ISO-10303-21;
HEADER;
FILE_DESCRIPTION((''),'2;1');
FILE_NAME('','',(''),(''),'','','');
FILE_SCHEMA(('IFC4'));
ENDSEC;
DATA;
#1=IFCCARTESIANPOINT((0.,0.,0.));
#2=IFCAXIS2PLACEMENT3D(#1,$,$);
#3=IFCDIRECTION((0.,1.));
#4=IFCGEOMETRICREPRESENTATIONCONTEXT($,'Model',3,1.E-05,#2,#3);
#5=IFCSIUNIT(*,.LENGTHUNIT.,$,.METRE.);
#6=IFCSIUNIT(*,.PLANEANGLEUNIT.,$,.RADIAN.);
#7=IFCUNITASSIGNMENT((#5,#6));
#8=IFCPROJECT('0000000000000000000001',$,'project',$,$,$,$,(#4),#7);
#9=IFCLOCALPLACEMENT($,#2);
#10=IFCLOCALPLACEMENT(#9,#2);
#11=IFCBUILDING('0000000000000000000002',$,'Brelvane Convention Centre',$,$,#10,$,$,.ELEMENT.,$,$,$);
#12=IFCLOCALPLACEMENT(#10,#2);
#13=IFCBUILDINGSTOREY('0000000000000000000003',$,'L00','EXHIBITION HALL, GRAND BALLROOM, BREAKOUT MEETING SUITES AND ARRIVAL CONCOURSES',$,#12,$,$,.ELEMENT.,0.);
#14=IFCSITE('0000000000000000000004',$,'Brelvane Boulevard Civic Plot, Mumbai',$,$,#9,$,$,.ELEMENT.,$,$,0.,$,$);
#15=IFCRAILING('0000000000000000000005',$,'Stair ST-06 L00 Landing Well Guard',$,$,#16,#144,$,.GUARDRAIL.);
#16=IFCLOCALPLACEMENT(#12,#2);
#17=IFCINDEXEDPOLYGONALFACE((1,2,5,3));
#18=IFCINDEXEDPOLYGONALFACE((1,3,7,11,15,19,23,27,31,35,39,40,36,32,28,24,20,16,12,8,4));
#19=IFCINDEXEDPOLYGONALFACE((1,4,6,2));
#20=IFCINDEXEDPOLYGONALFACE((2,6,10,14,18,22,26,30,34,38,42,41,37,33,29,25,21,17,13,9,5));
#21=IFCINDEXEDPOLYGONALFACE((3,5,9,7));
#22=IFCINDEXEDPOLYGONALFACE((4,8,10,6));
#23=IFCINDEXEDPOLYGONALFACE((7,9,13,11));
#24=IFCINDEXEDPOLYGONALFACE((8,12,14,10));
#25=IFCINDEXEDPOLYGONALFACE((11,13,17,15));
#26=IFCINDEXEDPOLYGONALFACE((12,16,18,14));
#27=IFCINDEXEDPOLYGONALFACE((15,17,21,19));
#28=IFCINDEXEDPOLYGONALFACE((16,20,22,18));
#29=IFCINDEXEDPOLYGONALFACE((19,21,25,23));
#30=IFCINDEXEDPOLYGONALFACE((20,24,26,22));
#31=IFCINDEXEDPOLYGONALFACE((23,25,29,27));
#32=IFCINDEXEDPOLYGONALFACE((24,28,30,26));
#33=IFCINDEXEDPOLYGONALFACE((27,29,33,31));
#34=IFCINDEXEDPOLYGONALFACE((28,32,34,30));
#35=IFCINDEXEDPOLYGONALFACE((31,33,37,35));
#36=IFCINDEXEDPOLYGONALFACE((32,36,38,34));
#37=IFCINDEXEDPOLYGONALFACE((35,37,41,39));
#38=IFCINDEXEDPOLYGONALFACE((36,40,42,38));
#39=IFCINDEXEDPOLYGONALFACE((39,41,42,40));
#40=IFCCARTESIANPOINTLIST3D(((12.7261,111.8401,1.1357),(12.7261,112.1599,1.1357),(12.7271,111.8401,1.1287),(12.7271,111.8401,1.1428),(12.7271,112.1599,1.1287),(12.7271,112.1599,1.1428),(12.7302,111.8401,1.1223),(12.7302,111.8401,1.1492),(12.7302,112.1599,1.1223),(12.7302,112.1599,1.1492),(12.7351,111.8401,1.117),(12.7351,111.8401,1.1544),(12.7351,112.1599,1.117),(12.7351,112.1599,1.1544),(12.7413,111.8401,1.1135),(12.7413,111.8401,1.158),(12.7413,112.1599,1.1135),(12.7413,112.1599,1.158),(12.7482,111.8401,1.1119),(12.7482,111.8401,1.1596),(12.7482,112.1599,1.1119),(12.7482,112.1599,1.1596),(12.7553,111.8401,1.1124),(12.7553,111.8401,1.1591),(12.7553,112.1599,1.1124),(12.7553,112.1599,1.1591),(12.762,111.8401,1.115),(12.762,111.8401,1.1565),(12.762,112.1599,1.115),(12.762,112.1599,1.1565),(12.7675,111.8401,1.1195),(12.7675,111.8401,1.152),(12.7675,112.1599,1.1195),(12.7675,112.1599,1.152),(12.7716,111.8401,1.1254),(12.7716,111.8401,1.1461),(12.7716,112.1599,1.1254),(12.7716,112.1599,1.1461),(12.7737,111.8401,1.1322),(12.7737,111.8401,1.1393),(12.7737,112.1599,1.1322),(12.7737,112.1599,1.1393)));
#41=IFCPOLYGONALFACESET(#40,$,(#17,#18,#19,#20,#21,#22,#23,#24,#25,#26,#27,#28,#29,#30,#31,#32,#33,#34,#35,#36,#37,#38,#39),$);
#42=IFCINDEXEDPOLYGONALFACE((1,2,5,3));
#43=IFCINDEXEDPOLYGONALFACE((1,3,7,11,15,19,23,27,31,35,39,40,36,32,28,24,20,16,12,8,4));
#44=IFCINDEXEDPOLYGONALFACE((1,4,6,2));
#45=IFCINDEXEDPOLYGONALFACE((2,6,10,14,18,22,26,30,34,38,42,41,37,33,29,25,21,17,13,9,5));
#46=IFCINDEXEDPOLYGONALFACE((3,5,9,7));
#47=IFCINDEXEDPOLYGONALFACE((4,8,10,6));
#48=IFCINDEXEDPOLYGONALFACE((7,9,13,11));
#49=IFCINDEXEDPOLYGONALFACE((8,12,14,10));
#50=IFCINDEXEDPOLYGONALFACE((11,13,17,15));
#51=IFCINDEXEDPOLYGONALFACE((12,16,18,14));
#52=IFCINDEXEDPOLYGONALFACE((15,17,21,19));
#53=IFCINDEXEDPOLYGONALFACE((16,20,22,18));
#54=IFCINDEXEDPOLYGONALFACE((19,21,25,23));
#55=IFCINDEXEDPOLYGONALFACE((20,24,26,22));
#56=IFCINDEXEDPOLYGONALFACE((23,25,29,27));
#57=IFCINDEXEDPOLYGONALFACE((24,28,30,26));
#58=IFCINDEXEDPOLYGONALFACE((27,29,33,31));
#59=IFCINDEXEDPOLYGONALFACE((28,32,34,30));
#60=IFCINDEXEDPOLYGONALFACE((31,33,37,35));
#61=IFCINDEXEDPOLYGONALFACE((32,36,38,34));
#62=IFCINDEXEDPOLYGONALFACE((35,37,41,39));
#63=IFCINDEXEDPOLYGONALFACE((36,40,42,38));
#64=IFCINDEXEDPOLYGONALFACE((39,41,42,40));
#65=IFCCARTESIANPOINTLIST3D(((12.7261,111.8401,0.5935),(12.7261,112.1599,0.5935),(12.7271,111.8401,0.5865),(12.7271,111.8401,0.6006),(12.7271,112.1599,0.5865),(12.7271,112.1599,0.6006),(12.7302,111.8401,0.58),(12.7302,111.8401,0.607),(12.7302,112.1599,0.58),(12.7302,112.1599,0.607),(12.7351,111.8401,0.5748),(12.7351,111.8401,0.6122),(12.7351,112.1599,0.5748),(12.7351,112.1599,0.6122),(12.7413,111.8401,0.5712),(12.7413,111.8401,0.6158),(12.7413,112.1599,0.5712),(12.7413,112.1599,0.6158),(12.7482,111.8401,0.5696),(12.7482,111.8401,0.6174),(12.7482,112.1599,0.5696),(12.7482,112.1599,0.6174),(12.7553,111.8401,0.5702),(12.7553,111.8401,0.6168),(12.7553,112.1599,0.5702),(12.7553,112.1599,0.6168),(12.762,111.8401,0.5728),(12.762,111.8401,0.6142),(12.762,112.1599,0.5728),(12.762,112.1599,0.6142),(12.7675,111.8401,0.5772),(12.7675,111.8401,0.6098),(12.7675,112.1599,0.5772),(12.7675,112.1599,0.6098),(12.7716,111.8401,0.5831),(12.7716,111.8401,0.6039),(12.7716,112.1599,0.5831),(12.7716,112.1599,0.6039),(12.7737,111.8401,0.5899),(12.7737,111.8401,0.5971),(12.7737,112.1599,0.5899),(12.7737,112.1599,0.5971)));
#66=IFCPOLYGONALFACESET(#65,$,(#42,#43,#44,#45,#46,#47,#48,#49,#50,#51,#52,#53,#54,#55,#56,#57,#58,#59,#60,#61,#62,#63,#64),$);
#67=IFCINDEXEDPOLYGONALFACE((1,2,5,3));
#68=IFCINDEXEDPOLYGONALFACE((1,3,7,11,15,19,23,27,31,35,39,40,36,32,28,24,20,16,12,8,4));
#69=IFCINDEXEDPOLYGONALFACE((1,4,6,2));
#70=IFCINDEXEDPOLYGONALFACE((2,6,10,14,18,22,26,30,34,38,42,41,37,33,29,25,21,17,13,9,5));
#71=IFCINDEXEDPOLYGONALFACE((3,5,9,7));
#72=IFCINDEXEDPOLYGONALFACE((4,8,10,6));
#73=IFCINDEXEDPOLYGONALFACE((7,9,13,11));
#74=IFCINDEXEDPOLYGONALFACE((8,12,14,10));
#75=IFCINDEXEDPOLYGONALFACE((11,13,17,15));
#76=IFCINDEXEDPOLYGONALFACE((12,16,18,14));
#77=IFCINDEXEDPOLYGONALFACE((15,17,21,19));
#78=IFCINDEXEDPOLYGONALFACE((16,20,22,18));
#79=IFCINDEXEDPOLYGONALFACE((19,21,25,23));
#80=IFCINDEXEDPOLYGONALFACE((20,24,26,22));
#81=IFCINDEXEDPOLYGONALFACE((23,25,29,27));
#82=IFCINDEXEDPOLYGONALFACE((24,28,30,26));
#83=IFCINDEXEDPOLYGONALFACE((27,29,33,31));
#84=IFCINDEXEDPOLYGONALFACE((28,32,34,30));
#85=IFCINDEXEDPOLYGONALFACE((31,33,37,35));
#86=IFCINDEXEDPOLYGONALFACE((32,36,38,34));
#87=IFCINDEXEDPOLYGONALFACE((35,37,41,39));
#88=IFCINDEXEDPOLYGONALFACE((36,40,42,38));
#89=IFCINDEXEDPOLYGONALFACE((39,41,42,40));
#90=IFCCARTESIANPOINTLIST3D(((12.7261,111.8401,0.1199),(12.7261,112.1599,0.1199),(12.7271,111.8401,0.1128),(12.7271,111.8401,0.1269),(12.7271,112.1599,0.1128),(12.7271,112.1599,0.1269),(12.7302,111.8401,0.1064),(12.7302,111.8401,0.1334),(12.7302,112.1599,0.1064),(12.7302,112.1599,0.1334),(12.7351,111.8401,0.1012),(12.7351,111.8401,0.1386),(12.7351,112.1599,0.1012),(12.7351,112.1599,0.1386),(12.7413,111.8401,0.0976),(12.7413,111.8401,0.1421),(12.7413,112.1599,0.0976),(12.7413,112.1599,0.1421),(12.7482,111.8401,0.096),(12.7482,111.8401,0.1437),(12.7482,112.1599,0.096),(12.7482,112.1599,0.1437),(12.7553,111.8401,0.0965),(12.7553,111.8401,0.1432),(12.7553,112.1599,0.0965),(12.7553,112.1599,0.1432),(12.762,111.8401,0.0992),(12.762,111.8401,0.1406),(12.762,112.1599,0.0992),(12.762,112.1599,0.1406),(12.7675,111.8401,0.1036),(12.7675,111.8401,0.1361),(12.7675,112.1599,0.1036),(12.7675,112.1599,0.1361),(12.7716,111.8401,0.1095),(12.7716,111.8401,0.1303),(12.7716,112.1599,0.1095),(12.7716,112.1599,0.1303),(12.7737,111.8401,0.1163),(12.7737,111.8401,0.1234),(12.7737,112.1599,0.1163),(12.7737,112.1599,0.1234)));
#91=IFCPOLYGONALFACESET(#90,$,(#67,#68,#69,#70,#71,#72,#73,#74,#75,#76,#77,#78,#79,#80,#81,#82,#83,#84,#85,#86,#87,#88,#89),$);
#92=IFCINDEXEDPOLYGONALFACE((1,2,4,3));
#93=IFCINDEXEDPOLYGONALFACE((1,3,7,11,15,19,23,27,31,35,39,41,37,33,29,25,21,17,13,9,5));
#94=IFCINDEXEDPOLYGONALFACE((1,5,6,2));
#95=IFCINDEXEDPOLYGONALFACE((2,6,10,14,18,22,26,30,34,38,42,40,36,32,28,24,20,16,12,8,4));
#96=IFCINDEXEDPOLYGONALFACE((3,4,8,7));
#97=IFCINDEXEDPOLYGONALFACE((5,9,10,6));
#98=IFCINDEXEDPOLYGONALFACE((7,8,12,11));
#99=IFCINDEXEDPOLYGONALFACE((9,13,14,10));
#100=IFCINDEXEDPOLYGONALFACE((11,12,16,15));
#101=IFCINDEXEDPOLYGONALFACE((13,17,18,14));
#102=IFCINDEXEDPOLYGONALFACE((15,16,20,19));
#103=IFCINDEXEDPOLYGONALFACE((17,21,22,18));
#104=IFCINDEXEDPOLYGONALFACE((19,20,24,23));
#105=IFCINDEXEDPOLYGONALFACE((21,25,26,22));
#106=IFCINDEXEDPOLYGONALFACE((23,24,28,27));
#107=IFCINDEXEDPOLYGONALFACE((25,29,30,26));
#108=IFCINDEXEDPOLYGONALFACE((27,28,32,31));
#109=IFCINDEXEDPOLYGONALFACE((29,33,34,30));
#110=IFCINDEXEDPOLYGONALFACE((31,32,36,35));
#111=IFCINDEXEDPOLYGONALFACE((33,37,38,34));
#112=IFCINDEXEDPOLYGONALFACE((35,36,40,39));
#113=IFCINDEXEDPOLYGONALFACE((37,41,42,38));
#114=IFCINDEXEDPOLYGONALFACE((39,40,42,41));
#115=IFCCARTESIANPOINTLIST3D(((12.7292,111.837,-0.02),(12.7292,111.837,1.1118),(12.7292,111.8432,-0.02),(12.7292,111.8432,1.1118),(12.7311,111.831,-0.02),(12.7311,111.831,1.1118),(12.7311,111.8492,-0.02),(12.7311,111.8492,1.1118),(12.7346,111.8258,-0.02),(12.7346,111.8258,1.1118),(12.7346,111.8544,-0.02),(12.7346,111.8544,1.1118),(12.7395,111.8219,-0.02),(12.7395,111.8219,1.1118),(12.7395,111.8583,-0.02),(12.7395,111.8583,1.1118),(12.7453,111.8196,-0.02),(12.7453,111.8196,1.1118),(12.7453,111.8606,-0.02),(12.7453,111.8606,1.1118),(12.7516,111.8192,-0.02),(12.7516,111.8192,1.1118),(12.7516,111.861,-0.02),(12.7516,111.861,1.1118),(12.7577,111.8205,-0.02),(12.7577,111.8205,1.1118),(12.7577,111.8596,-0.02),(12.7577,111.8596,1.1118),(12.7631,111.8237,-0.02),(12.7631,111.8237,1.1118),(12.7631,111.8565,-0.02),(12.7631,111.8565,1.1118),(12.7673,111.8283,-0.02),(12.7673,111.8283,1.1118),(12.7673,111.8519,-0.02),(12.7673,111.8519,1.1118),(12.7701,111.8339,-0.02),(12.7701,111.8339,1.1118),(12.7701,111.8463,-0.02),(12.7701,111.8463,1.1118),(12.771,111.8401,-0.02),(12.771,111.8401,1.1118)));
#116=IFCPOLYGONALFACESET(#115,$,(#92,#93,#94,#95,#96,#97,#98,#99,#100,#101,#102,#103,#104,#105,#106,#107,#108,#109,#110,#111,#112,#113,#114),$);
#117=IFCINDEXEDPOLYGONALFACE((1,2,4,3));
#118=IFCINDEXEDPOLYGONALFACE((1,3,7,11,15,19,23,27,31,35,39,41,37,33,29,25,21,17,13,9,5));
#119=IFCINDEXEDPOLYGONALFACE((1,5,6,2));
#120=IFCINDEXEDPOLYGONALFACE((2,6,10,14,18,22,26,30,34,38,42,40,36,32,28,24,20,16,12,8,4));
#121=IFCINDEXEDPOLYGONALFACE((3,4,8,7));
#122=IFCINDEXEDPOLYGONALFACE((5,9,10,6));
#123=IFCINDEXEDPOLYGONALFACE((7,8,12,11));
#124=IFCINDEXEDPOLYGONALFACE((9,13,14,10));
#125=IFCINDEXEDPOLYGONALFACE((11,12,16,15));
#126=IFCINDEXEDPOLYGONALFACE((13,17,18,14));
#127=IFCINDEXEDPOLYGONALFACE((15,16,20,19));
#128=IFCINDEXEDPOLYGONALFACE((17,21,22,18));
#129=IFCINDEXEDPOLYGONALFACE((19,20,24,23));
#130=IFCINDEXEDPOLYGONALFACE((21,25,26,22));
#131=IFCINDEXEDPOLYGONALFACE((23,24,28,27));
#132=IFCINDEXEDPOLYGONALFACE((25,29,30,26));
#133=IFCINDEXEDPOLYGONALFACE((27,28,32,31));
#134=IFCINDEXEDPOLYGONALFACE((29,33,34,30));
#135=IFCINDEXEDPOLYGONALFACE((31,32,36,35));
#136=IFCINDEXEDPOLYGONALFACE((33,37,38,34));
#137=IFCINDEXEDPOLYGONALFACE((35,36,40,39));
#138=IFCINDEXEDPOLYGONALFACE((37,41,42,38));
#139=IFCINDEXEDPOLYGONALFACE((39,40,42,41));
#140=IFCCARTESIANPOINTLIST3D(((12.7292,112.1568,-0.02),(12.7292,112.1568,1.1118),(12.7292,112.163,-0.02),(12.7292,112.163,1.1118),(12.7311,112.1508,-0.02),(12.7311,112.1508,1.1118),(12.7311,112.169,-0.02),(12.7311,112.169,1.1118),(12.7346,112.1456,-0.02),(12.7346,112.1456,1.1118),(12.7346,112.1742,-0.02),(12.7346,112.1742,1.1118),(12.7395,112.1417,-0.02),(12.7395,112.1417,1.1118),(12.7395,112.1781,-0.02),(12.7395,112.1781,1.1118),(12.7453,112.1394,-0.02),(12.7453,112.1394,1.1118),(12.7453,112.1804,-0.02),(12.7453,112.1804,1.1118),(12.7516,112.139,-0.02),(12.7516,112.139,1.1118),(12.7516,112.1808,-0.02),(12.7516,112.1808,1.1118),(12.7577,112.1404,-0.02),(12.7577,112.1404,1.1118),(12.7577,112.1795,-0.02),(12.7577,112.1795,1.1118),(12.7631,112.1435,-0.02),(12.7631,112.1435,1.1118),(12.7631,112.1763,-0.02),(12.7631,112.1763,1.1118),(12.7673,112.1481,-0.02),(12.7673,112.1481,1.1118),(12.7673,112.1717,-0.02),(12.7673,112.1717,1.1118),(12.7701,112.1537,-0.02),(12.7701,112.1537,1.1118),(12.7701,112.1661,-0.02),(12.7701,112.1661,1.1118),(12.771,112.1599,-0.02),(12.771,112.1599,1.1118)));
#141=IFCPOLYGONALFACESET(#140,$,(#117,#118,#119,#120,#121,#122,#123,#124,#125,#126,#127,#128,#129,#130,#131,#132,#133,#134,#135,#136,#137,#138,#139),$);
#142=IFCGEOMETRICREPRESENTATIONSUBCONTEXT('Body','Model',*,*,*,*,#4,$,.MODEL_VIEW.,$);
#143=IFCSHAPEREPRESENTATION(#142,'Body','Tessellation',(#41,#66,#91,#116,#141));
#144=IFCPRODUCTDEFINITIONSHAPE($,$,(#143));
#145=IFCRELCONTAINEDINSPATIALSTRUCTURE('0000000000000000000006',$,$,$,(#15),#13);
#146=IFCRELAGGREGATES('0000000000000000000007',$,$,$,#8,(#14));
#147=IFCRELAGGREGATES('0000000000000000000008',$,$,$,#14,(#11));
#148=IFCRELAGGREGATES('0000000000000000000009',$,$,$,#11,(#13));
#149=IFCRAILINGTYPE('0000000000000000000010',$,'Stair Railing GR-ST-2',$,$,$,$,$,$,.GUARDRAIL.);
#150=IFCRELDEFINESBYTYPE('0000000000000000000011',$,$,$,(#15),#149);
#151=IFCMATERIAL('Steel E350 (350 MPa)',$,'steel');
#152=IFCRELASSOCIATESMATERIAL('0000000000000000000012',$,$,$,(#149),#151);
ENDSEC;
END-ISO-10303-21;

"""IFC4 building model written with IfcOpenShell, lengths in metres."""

from ifc_helpers import new_model, si_unit, direction, frame, origin, origin_2d, place, context, subcontext, project, spatial, circle, extrude, material, type_object, element, save


model = new_model("IFC4")

# Units and contexts
model_context = context("Model", 3, precision=1e-05, world=origin(), true_north=direction((0.0, 1.0)))
body_context = subcontext(model_context, "Body", "Model", "MODEL_VIEW")
ifc_project = project(units=[si_unit("LENGTHUNIT", "METRE"), si_unit("PLANEANGLEUNIT", "RADIAN")], contexts=[model_context])

# Site, building, storey
site_placement = place(None, origin())
site = spatial("IfcSite", under=ifc_project, at=site_placement, Name="Brelvane Boulevard Civic Plot, Mumbai", CompositionType="ELEMENT", RefElevation=0.0)
building_placement = place(site_placement, origin())
building = spatial("IfcBuilding", under=site, at=building_placement, Name="Brelvane Convention Centre", CompositionType="ELEMENT")
storey_placement = place(building_placement, origin())
storey = spatial("IfcBuildingStorey", under=building, at=storey_placement, Name="L00", Description="EXHIBITION HALL, GRAND BALLROOM, BREAKOUT MEETING SUITES AND ARRIVAL CONCOURSES", CompositionType="ELEMENT", Elevation=0.0)

# Railing
ifc_material_1 = material(Name="Steel E350 (350 MPa)", Category="steel")
railing_type_1 = type_object("IfcRailingType", Name="Stair Railing GR-ST-2", PredefinedType="GUARDRAIL", material=ifc_material_1)
railing_1_placement = place(storey_placement, frame((12.75, 111.8401, -0.02)))
element("IfcRailing", 1, at=railing_1_placement, inside=storey, type_object=railing_type_1, Name="Stair ST-06 L00 Landing Well Guard", PredefinedType="GUARDRAIL", context=body_context, shape_type="SweptSolid", body=[
    extrude(circle(Radius=0.0239, at=origin_2d()), frame((0.0, 0.0, 1.1558), z_axis=(0.0, 1.0, 0.0), x_axis=(-1.0, 0.0, 0.0)), (0.0, 0.0, 1.0), 0.3198),
    extrude(circle(Radius=0.0239, at=origin_2d()), frame((0.0, 0.0, 0.6135), z_axis=(0.0, 1.0, 0.0), x_axis=(-1.0, 0.0, 0.0)), (0.0, 0.0, 1.0), 0.3198),
    extrude(circle(Radius=0.0239, at=origin_2d()), frame((0.0, 0.0, 0.1399), z_axis=(0.0, 1.0, 0.0), x_axis=(-1.0, 0.0, 0.0)), (0.0, 0.0, 1.0), 0.3198),
    extrude(circle(Radius=0.021, at=origin_2d()), origin(), (0.0, 0.0, 1.0), 1.1318),
    extrude(circle(Radius=0.021, at=origin_2d()), frame((0.0, 0.3198, 0.0)), (0.0, 0.0, 1.0), 1.1318),
])

save(model, "model.ifc")
